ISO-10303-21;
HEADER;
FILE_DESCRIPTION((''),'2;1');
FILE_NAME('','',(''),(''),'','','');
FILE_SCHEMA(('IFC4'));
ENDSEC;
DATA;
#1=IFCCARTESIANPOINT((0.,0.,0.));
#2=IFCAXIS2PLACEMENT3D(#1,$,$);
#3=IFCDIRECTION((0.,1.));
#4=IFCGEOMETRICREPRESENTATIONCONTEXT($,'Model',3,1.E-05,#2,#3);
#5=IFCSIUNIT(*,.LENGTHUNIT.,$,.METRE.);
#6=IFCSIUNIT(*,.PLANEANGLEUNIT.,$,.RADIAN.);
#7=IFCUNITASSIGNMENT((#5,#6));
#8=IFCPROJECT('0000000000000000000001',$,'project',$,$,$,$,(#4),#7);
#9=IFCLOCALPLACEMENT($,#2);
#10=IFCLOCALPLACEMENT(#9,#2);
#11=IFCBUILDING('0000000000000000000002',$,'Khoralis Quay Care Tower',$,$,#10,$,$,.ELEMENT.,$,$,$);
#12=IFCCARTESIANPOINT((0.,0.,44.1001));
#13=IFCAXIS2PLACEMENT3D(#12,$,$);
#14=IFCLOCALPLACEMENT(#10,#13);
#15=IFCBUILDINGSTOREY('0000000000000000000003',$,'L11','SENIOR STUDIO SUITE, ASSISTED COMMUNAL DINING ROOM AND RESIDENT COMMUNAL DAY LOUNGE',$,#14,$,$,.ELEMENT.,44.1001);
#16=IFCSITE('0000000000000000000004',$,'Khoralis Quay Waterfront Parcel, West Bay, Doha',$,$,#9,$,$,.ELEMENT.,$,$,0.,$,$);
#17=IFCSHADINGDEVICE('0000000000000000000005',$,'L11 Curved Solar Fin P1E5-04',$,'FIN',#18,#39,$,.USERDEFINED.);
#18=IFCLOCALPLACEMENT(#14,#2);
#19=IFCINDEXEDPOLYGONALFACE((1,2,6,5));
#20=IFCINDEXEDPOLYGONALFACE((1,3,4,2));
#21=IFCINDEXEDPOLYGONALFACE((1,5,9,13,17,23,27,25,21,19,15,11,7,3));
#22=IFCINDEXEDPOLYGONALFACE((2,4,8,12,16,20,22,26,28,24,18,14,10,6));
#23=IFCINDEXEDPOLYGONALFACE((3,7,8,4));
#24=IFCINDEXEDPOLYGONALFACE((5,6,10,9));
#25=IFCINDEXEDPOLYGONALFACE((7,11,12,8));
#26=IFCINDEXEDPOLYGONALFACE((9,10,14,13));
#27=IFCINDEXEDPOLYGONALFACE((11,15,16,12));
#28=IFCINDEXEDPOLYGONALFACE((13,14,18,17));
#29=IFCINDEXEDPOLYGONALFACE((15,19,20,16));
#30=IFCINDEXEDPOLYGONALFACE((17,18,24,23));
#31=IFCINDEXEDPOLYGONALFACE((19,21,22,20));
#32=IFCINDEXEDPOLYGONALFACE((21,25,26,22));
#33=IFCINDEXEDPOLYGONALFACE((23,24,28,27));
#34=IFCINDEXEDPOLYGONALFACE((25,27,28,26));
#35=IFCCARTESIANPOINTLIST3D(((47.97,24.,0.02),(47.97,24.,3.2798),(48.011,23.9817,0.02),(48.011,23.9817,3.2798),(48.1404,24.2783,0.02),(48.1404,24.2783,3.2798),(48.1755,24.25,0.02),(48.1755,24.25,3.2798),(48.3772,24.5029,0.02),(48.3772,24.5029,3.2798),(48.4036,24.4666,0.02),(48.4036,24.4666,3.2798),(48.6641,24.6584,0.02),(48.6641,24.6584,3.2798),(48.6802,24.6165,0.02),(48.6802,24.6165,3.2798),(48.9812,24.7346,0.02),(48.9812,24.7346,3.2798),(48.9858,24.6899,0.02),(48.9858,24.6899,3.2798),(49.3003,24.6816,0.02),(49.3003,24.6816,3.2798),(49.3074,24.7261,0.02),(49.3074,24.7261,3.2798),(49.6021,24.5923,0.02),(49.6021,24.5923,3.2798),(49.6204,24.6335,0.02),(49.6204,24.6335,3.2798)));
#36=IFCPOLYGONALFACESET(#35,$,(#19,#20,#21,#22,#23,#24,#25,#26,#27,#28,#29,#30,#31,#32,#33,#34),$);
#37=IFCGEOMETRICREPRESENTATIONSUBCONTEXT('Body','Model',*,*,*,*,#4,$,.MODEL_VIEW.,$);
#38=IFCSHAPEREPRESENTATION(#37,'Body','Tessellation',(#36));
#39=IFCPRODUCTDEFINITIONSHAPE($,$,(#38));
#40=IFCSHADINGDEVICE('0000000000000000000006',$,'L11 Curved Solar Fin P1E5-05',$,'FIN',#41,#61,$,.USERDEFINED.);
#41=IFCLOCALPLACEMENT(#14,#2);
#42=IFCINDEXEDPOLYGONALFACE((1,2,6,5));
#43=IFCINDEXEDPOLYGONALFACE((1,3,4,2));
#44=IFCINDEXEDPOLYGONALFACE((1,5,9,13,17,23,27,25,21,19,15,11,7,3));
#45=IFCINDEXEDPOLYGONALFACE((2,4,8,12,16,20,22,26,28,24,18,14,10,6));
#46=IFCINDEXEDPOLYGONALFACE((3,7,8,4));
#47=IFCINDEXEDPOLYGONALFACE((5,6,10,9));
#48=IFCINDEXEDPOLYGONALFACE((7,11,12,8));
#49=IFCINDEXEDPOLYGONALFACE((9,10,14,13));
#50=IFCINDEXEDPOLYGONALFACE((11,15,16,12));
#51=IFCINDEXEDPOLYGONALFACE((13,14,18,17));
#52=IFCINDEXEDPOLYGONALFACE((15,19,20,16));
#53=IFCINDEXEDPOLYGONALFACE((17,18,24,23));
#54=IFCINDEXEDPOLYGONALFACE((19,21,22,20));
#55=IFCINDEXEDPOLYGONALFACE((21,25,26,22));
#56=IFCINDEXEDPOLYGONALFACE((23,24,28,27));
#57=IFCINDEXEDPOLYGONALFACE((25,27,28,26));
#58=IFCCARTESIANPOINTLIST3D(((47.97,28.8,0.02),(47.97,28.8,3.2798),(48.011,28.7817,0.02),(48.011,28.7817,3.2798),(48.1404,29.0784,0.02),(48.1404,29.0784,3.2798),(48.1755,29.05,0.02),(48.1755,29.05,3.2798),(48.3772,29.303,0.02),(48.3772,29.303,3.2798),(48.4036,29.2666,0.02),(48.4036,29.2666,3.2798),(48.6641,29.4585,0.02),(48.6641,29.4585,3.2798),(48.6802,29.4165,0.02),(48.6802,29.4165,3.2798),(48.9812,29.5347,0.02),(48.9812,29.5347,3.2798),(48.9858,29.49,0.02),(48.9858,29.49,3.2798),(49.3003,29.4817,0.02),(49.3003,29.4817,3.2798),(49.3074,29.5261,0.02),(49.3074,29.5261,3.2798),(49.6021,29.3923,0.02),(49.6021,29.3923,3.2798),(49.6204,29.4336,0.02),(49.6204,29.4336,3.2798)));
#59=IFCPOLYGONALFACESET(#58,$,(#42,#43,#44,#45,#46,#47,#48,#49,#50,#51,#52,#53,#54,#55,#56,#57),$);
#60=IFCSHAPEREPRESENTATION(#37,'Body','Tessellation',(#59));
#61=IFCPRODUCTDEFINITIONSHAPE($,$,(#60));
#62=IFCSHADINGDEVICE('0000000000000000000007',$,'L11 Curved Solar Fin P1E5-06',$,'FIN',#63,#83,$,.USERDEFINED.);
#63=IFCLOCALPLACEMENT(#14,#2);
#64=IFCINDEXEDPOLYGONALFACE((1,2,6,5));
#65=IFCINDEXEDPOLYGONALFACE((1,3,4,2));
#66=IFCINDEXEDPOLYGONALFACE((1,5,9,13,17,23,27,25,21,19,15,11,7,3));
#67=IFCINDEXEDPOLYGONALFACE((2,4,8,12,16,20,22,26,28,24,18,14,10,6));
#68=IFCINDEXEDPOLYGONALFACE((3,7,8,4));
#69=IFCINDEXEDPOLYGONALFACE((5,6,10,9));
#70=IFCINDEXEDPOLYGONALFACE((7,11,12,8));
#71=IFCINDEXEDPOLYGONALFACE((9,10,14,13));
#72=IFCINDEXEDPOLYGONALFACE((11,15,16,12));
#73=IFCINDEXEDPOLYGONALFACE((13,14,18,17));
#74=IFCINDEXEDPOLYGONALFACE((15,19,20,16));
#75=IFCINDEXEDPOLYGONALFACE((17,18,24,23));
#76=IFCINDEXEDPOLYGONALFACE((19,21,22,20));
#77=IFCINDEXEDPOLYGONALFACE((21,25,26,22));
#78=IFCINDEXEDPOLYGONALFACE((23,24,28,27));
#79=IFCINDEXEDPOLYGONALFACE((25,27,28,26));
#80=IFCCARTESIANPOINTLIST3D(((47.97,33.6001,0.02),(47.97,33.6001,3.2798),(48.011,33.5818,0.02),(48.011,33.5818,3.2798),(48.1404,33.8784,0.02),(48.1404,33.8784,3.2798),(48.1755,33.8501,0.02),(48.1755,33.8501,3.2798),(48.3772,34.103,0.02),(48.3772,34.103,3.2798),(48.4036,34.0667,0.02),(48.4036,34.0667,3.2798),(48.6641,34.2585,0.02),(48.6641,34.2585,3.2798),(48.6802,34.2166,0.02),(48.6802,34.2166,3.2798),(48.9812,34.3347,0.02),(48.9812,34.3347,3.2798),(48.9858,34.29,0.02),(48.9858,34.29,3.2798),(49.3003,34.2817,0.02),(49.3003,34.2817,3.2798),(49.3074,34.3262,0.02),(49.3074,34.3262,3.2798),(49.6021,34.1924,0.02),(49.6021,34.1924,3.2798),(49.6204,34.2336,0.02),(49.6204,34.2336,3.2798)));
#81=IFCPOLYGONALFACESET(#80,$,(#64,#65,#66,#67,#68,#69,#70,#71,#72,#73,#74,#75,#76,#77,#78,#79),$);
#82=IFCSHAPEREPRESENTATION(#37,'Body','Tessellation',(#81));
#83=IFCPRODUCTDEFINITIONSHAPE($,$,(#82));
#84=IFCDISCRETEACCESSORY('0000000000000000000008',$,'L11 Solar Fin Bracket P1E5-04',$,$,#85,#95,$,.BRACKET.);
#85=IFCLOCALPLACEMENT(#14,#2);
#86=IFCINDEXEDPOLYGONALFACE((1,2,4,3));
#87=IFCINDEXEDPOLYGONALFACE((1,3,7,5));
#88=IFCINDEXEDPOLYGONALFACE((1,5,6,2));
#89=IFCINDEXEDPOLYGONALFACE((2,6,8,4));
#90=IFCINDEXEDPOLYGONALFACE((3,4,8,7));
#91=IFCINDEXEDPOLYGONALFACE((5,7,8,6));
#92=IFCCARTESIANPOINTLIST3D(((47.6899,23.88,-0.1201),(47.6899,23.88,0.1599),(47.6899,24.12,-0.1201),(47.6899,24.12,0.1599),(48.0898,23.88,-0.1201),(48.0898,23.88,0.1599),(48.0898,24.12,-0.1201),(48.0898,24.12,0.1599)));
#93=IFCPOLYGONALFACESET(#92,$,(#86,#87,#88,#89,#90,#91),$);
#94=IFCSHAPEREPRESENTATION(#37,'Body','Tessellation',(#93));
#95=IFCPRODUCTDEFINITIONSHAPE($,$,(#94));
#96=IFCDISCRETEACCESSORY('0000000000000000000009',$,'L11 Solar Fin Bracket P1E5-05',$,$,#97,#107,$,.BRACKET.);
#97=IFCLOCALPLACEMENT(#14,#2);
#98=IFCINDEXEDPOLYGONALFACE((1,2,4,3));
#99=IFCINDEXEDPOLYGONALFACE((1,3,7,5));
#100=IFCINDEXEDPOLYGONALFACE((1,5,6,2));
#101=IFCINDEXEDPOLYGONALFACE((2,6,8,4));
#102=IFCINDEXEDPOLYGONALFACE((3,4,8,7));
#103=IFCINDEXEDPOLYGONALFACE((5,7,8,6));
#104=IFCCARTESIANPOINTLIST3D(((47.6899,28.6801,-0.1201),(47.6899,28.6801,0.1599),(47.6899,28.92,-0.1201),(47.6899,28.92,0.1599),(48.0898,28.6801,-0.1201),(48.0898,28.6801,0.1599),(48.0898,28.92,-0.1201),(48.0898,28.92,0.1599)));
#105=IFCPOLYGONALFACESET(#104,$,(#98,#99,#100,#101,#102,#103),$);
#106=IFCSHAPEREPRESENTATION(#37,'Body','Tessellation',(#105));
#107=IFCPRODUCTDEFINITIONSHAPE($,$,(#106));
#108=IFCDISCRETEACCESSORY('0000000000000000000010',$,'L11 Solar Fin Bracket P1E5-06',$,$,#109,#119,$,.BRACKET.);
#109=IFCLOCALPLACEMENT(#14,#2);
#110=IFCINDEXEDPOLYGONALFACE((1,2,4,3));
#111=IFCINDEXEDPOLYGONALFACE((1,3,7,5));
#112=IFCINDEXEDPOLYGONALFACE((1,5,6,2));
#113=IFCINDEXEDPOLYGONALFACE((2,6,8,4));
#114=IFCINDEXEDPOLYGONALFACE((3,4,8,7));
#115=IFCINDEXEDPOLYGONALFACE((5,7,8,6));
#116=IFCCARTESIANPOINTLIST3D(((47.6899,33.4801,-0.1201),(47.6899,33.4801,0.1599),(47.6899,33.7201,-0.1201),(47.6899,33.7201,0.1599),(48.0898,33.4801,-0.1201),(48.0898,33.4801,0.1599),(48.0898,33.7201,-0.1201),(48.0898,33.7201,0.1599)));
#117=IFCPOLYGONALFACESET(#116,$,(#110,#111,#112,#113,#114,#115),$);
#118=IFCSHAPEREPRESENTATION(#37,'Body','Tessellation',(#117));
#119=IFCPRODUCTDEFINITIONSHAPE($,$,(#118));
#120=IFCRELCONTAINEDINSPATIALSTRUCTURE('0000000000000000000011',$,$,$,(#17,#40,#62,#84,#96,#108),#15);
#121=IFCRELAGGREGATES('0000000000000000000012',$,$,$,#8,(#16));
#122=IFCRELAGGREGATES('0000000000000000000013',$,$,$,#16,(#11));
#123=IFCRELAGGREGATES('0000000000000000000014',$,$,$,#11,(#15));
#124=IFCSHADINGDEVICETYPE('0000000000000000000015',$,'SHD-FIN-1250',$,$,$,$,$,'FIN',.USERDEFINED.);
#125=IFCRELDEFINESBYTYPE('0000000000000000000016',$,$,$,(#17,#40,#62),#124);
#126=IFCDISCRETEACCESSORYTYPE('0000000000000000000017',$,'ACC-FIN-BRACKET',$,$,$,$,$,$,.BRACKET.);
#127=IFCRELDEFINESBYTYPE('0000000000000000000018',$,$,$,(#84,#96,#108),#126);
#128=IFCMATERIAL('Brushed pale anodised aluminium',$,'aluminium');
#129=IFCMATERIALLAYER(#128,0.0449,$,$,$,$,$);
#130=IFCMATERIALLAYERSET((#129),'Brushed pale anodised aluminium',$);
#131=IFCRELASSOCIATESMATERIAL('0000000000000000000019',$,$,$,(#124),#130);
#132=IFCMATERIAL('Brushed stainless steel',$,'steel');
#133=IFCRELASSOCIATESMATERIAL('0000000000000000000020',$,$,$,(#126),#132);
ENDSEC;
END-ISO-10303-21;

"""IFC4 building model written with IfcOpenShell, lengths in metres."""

from ifc_helpers import new_model, si_unit, direction, frame, origin, origin_2d, place, context, subcontext, project, spatial, polyline, rectangle, outline, extrude, source, transform, mapped, material, layer, layer_set, type_object, element, save


model = new_model("IFC4")

# Units and contexts
model_context = context("Model", 3, precision=1e-05, world=origin(), true_north=direction((0.0, 1.0)))
body_context = subcontext(model_context, "Body", "Model", "MODEL_VIEW")
ifc_project = project(units=[si_unit("LENGTHUNIT", "METRE"), si_unit("PLANEANGLEUNIT", "RADIAN")], contexts=[model_context])

# Site, building, storey
site_placement = place(None, origin())
site = spatial("IfcSite", under=ifc_project, at=site_placement, Name="Khoralis Quay Waterfront Parcel, West Bay, Doha", CompositionType="ELEMENT", RefElevation=0.0)
building_placement = place(site_placement, origin())
building = spatial("IfcBuilding", under=site, at=building_placement, Name="Khoralis Quay Care Tower", CompositionType="ELEMENT")
storey_placement = place(building_placement, frame((0.0, 0.0, 44.1001)))
storey = spatial("IfcBuildingStorey", under=building, at=storey_placement, Name="L11", Description="SENIOR STUDIO SUITE, ASSISTED COMMUNAL DINING ROOM AND RESIDENT COMMUNAL DAY LOUNGE", CompositionType="ELEMENT", Elevation=44.1001)

# Shading devices
ifc_material_1 = material(Name="Brushed pale anodised aluminium", Category="aluminium")
ifc_layer_1 = layer(ifc_material_1, 0.0449)
ifc_layer_set_1 = layer_set([ifc_layer_1], Name="Brushed pale anodised aluminium")
shading_device_type = type_object("IfcShadingDeviceType", Name="SHD-FIN-1250", ElementType="FIN", PredefinedType="USERDEFINED", material=ifc_layer_set_1)
shared_shape_1 = source(origin(), body_context, "Body", "SweptSolid", [
    extrude(outline(polyline([(0.0, 0.0), (0.1704, 0.2783), (0.4072, 0.5029), (0.6941, 0.6584), (1.0112, 0.7346), (1.3374, 0.7261), (1.6504, 0.6335), (1.6321, 0.5923), (1.3303, 0.6816), (1.0159, 0.6899), (0.7102, 0.6165), (0.4336, 0.4666), (0.2056, 0.25), (0.041, -0.0183), (0.0, 0.0)])), origin(), (0.0, 0.0, 1.0), 3.2598),
])
for number, where, z_axis, x_axis, name in (
    (1, (47.97, 24.0, 0.02), (0.0, 0.0, 1.0), (1.0, 0.0, 0.0), "L11 Curved Solar Fin P1E5-04"),
    (2, (47.97, 28.8, 0.02), (0.0, 0.0, 1.0), (1.0, 0.0, 0.0), "L11 Curved Solar Fin P1E5-05"),
    (3, (47.97, 33.6001, 0.02), (0.0, 0.0, 1.0), (1.0, 0.0, 0.0), "L11 Curved Solar Fin P1E5-06"),
):
    element("IfcShadingDevice", number, at=place(storey_placement, frame(where, z_axis=z_axis, x_axis=x_axis)), inside=storey, type_object=shading_device_type, Name=name, ObjectType="FIN", PredefinedType="USERDEFINED", context=body_context, shape_type="MappedRepresentation", body=[
        mapped(shared_shape_1, transform((0.0, 0.0, 0.0), scale=1.0)),
    ])

# Discrete accessories
ifc_material_2 = material(Name="Brushed stainless steel", Category="steel")
discrete_accessory_type = type_object("IfcDiscreteAccessoryType", Name="ACC-FIN-BRACKET", PredefinedType="BRACKET", material=ifc_material_2)
shared_shape_2 = source(origin(), body_context, "Body", "SweptSolid", [
    extrude(rectangle(XDim=0.3999, YDim=0.24, at=origin_2d()), origin(), (0.0, 0.0, 1.0), 0.28),
])
for number, where, z_axis, x_axis, name in (
    (4, (47.8899, 24.0, -0.1201), (0.0, 0.0, 1.0), (1.0, 0.0, 0.0), "L11 Solar Fin Bracket P1E5-04"),
    (5, (47.8899, 28.8, -0.1201), (0.0, 0.0, 1.0), (1.0, 0.0, 0.0), "L11 Solar Fin Bracket P1E5-05"),
    (6, (47.8899, 33.6001, -0.1201), (0.0, 0.0, 1.0), (1.0, 0.0, 0.0), "L11 Solar Fin Bracket P1E5-06"),
):
    element("IfcDiscreteAccessory", number, at=place(storey_placement, frame(where, z_axis=z_axis, x_axis=x_axis)), inside=storey, type_object=discrete_accessory_type, Name=name, PredefinedType="BRACKET", context=body_context, shape_type="MappedRepresentation", body=[
        mapped(shared_shape_2, transform((0.0, 0.0, 0.0), scale=1.0)),
    ])

save(model, "model.ifc")
